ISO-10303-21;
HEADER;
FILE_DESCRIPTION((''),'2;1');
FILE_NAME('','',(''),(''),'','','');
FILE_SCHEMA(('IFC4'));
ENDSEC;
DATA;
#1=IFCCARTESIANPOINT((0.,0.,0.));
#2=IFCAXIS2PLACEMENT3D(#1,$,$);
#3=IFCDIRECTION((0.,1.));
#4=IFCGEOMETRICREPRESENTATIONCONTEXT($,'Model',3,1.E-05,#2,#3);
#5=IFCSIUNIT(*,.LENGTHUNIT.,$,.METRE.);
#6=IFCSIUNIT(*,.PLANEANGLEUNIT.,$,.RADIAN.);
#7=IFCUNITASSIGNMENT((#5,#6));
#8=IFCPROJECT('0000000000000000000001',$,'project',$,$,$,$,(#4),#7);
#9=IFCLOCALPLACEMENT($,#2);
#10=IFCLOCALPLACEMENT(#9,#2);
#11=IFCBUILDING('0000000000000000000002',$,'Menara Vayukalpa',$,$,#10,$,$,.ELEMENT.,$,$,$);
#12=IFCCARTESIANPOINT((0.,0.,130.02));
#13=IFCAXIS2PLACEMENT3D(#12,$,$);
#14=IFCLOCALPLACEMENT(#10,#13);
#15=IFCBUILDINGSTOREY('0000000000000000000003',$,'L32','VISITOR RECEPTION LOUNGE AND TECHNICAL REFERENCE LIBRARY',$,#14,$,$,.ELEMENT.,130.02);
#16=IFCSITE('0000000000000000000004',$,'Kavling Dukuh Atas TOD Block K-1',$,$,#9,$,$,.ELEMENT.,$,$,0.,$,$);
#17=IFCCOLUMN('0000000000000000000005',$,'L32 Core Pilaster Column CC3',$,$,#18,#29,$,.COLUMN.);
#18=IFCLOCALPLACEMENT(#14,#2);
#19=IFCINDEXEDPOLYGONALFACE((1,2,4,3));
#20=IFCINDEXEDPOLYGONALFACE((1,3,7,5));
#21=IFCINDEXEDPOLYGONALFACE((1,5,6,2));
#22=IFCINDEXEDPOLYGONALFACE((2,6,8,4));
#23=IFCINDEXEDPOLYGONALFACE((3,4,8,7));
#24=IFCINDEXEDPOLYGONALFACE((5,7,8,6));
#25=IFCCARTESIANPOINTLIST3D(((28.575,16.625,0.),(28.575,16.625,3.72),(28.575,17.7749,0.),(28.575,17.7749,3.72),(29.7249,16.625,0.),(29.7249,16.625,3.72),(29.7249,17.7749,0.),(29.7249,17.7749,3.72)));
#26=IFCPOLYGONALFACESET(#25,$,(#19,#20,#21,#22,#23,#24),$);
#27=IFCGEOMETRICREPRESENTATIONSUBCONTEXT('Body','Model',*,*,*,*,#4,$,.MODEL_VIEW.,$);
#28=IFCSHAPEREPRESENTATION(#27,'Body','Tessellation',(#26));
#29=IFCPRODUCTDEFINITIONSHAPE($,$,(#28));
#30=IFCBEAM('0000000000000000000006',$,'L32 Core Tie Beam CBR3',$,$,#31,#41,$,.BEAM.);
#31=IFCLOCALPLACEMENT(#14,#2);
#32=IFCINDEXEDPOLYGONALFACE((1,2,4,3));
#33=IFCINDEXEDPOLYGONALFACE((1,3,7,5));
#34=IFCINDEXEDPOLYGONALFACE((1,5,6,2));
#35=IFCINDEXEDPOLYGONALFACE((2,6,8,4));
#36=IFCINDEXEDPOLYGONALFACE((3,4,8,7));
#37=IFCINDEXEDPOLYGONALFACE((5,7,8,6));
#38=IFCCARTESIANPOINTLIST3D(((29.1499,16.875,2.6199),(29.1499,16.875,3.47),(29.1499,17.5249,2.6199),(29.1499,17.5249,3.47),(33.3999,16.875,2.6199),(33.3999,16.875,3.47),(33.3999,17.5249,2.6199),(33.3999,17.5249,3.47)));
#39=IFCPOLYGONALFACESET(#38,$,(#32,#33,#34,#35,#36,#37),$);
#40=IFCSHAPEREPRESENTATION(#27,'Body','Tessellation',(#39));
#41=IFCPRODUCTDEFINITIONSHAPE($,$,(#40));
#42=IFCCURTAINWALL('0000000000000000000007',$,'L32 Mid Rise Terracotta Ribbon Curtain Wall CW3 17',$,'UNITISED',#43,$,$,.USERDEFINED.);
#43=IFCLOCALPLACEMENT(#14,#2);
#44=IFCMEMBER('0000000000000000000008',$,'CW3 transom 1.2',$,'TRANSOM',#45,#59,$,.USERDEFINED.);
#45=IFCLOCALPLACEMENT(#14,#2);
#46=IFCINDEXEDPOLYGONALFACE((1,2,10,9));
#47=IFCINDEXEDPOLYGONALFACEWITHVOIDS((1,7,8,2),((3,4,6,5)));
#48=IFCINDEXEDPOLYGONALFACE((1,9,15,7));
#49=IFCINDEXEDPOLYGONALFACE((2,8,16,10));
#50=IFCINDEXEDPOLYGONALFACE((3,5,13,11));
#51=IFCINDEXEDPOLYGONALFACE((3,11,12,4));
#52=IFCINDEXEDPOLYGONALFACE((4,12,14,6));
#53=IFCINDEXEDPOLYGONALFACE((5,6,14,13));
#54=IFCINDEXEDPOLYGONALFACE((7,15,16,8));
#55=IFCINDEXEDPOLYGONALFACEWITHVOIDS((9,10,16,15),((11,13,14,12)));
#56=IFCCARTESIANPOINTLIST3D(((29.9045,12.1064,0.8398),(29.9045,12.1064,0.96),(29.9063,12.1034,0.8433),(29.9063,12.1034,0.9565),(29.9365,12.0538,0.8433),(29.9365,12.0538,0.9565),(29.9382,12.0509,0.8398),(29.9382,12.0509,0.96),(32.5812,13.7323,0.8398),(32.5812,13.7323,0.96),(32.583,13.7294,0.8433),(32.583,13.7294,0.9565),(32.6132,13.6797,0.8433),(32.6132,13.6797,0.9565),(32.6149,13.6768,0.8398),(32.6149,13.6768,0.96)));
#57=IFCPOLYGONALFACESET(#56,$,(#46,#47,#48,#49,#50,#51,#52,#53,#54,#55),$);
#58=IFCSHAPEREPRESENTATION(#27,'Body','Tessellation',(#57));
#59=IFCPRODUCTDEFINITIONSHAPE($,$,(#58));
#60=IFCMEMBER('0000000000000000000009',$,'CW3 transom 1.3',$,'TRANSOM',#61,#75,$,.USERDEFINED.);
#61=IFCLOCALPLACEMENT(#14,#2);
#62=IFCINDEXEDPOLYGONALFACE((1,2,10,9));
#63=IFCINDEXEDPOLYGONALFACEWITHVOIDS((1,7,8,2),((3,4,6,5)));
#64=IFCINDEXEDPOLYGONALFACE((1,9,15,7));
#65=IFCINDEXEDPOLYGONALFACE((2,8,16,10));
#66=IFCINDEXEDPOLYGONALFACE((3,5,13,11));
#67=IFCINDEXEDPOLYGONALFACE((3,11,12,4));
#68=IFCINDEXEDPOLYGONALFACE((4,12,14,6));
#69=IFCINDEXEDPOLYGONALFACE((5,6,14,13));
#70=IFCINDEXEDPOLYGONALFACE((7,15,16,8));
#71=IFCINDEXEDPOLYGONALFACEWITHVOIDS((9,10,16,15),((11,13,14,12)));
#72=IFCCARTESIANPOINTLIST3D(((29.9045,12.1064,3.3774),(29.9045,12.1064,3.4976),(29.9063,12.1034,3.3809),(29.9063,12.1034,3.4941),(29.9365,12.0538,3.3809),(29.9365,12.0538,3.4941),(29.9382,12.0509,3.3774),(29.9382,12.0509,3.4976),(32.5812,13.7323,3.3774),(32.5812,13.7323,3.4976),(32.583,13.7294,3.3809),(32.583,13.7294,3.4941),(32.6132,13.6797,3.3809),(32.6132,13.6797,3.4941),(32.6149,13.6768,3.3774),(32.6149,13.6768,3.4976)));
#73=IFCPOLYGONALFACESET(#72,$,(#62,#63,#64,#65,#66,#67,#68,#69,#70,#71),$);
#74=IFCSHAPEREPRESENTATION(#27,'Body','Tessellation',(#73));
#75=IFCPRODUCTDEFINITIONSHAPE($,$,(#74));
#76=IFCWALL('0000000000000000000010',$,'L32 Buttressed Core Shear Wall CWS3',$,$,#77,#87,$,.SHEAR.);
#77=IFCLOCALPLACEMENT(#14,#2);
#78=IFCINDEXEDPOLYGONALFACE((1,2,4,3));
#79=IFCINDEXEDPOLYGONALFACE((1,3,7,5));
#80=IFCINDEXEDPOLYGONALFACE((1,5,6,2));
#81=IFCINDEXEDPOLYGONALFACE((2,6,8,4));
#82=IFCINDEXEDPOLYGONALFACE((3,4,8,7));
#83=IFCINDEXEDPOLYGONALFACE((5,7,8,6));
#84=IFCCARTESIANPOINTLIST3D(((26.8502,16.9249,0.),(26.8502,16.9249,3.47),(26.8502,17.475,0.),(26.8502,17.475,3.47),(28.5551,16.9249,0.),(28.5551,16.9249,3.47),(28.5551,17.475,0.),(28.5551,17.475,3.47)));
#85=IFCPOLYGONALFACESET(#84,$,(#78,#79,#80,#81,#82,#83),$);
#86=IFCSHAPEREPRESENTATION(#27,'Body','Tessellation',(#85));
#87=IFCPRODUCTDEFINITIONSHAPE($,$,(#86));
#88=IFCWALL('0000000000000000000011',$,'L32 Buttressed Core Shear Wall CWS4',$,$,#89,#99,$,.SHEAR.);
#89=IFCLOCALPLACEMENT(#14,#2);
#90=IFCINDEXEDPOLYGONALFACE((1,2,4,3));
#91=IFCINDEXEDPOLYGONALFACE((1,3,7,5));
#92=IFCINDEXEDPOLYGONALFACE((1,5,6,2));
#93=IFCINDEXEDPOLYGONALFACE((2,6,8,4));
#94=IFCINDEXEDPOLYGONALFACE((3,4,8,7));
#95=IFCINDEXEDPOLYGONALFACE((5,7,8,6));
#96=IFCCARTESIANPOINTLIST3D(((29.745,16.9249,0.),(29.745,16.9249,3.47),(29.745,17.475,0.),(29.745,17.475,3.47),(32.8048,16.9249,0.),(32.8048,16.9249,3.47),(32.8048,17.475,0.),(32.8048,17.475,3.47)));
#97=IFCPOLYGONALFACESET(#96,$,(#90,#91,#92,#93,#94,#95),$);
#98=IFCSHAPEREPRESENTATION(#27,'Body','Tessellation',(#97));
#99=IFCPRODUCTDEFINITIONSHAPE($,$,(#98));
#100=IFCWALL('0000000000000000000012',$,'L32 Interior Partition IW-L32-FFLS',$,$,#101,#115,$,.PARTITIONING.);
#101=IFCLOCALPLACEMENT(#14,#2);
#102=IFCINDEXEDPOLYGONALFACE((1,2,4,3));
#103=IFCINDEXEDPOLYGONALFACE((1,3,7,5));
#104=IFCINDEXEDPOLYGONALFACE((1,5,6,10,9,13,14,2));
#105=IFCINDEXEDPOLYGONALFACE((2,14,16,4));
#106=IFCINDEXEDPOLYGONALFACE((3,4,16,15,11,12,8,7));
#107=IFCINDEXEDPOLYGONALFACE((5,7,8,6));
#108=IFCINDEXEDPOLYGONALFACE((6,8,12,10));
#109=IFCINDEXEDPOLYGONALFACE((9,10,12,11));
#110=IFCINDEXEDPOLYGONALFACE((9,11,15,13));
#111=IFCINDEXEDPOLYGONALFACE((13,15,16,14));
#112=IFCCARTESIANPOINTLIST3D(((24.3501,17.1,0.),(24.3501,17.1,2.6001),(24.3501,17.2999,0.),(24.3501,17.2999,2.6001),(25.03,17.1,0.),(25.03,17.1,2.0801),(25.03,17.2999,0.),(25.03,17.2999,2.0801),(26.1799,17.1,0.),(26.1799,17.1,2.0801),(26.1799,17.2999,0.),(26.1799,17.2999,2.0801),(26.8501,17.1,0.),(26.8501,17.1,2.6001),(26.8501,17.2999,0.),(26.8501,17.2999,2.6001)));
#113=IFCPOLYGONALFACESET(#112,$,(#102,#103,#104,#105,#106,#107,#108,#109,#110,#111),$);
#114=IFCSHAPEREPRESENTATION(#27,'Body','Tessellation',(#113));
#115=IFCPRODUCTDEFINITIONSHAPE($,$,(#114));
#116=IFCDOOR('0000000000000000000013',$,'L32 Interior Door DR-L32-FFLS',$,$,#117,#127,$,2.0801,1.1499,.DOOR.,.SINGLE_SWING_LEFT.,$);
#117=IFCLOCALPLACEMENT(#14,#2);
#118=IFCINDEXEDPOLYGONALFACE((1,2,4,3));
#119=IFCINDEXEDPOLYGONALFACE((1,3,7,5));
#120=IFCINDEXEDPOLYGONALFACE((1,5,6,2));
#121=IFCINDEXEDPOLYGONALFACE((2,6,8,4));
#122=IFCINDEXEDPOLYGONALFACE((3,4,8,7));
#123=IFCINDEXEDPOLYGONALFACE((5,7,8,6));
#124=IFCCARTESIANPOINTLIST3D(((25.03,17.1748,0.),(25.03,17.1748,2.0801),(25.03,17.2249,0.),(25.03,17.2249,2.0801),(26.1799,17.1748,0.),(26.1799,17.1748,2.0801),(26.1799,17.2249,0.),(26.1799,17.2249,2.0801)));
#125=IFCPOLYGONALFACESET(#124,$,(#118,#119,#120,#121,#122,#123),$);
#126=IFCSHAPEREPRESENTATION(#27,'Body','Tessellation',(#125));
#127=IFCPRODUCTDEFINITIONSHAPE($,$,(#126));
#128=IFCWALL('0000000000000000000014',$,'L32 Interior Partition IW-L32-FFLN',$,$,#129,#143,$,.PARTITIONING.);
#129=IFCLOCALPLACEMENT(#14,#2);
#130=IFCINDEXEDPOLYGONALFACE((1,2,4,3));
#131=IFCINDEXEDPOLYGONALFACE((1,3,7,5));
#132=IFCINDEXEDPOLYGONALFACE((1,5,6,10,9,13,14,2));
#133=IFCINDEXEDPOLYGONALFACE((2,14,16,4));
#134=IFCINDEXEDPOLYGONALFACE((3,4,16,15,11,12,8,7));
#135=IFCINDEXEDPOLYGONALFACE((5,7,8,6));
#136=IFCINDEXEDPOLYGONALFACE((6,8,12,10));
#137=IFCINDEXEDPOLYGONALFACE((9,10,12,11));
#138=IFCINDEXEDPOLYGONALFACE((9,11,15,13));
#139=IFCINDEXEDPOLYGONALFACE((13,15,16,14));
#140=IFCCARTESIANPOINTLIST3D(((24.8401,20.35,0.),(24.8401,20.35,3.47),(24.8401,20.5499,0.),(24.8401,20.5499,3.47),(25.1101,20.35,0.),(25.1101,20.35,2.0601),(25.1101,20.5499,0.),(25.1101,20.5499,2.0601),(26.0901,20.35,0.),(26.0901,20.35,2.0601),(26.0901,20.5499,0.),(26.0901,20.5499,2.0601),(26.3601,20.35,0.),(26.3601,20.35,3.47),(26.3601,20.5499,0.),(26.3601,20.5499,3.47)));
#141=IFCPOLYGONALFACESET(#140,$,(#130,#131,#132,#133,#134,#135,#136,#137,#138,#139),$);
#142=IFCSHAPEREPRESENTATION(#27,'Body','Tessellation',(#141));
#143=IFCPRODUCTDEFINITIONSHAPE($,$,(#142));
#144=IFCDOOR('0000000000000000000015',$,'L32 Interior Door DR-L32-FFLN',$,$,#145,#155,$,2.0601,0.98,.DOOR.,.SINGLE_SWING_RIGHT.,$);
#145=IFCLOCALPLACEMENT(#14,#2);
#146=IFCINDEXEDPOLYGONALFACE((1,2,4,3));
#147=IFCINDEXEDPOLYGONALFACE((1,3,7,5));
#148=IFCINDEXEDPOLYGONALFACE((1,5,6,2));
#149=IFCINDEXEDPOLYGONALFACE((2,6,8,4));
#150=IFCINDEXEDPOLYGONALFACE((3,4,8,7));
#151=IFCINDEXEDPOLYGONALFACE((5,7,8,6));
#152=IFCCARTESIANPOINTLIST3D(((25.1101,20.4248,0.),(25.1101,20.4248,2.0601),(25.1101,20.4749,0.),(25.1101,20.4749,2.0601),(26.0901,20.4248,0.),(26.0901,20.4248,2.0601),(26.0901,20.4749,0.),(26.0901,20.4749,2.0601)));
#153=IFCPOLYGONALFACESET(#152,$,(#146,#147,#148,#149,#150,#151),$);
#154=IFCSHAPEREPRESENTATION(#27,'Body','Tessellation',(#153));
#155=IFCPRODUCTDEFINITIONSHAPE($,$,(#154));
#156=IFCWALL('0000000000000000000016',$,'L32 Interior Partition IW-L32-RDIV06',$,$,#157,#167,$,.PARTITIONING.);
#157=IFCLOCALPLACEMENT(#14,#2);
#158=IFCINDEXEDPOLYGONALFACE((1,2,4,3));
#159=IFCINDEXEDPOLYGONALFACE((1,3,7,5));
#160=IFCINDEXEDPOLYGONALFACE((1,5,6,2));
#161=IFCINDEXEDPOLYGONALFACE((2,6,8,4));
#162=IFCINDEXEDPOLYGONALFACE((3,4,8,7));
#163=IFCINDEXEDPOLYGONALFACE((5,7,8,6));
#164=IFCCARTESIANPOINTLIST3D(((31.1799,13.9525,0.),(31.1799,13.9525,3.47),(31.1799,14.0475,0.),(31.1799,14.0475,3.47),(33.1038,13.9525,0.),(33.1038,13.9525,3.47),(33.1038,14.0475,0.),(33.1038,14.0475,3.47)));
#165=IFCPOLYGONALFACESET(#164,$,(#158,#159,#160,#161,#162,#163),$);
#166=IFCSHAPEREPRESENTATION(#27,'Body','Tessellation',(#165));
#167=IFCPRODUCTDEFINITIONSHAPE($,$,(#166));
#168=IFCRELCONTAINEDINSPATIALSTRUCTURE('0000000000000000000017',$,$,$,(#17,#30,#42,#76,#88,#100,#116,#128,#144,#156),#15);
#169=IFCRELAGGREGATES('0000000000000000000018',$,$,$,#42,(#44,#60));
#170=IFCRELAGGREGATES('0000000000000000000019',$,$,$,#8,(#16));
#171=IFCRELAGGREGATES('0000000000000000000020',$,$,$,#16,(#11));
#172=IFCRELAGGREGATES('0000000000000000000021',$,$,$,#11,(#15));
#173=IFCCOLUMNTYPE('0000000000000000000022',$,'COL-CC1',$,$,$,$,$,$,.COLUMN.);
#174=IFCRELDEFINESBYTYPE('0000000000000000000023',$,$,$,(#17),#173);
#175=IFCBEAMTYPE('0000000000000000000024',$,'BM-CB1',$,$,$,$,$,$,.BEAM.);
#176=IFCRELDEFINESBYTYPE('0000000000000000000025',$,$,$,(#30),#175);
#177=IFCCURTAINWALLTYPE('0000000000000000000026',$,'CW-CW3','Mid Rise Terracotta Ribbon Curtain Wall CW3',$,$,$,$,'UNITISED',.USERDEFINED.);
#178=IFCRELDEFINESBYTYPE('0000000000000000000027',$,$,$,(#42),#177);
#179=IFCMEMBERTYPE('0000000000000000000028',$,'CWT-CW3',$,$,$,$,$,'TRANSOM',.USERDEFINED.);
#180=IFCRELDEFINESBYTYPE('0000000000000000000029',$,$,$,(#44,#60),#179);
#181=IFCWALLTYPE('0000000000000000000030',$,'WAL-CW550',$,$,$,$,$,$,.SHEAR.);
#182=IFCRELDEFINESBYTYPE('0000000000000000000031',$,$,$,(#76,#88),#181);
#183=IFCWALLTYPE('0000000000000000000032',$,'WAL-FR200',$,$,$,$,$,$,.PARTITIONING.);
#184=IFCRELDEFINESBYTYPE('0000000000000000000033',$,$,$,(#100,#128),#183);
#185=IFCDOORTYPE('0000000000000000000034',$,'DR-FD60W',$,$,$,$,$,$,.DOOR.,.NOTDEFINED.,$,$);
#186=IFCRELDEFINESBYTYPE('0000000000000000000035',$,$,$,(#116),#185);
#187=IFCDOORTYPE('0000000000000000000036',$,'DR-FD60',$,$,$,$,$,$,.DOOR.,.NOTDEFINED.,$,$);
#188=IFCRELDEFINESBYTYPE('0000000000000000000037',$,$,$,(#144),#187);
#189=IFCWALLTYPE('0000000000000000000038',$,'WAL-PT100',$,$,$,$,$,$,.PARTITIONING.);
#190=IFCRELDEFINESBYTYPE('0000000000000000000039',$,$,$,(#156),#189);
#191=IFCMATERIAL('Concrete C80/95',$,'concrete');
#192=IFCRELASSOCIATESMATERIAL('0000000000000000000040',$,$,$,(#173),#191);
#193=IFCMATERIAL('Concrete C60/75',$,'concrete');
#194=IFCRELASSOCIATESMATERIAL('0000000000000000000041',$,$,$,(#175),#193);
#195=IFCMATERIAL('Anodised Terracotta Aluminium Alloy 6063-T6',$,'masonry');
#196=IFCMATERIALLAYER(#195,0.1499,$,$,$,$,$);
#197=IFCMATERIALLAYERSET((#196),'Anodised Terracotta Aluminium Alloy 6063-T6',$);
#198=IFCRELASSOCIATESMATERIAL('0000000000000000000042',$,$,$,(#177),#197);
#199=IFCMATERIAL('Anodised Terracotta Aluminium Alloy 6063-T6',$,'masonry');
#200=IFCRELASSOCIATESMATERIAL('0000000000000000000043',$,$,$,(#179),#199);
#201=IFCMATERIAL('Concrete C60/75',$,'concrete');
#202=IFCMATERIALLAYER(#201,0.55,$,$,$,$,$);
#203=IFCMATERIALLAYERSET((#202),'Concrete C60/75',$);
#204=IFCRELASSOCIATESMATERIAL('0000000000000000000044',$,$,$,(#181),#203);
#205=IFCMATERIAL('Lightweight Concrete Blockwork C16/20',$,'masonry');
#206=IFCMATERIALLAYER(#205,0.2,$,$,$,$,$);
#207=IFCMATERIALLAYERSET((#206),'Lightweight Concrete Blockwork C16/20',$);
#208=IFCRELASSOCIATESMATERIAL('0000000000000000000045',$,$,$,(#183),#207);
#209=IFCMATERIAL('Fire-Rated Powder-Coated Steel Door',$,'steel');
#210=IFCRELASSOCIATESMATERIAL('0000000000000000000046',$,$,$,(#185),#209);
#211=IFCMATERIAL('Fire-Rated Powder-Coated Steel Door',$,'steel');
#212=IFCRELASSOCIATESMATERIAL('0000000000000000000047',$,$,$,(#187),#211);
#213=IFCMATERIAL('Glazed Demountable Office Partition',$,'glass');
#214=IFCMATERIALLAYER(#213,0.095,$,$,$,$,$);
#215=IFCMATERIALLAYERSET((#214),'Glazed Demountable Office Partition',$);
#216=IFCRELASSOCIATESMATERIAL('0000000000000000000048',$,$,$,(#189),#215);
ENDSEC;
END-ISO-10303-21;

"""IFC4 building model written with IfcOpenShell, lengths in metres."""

from ifc_helpers import new_model, si_unit, direction, frame, frame_2d, origin, origin_2d, place, context, subcontext, project, spatial, rectangle, hollow_rectangle, extrude, material, layer, layer_set, material_profile, profile_set, type_object, element, fill, aggregate, save


model = new_model("IFC4")

# Units and contexts
model_context = context("Model", 3, precision=1e-05, world=origin(), true_north=direction((0.0, 1.0)))
body_context = subcontext(model_context, "Body", "Model", "MODEL_VIEW")
ifc_project = project(units=[si_unit("LENGTHUNIT", "METRE"), si_unit("PLANEANGLEUNIT", "RADIAN")], contexts=[model_context])

# Site, building, storey
site_placement = place(None, origin())
site = spatial("IfcSite", under=ifc_project, at=site_placement, Name="Kavling Dukuh Atas TOD Block K-1", CompositionType="ELEMENT", RefElevation=0.0)
building_placement = place(site_placement, origin())
building = spatial("IfcBuilding", under=site, at=building_placement, Name="Menara Vayukalpa", CompositionType="ELEMENT")
storey_placement = place(building_placement, frame((0.0, 0.0, 130.02)))
storey = spatial("IfcBuildingStorey", under=building, at=storey_placement, Name="L32", Description="VISITOR RECEPTION LOUNGE AND TECHNICAL REFERENCE LIBRARY", CompositionType="ELEMENT", Elevation=130.02)

# Column
ifc_material_1 = material(Name="Concrete C80/95", Category="concrete")
ifc_material_profile_1 = material_profile(ifc_material_1, rectangle(XDim=1.1499, YDim=1.1499, at=origin_2d()), Name="RC 1150x1150")
ifc_profile_set_1 = profile_set([ifc_material_profile_1], Name="Concrete C80/95")
column_type = type_object("IfcColumnType", Name="COL-CC1", PredefinedType="COLUMN", material=ifc_profile_set_1)
column_placement = place(storey_placement, frame((29.1499, 17.2, 0.0), z_axis=(0.0, 0.0, 1.0), x_axis=(1.0, 0.0, 0.0)))
element("IfcColumn", 1, at=column_placement, inside=storey, type_object=column_type, Name="L32 Core Pilaster Column CC3", PredefinedType="COLUMN", context=body_context, shape_type="SweptSolid", body=[
    extrude(rectangle(XDim=1.1499, YDim=1.1499, at=origin_2d()), origin(), (0.0, 0.0, 1.0), 3.72),
])

# Beam
ifc_material_2 = material(Name="Concrete C60/75", Category="concrete")
ifc_material_profile_2 = material_profile(ifc_material_2, rectangle(XDim=0.6499, YDim=0.8501, at=origin_2d()), Name="RC 650x850")
ifc_profile_set_2 = profile_set([ifc_material_profile_2], Name="Concrete C60/75")
beam_type = type_object("IfcBeamType", Name="BM-CB1", PredefinedType="BEAM", material=ifc_profile_set_2)
beam_placement = place(storey_placement, frame((29.1499, 17.2, 3.0449), z_axis=(1.0, 0.0, 0.0), x_axis=(0.0, 1.0, 0.0)))
element("IfcBeam", 2, at=beam_placement, inside=storey, type_object=beam_type, Name="L32 Core Tie Beam CBR3", PredefinedType="BEAM", context=body_context, shape_type="SweptSolid", body=[
    extrude(rectangle(XDim=0.6499, YDim=0.8501, at=origin_2d()), origin(), (0.0, 0.0, 1.0), 4.25),
])

# Curtain wall, members
ifc_material_3 = material(Name="Anodised Terracotta Aluminium Alloy 6063-T6", Category="masonry")
ifc_layer_1 = layer(ifc_material_3, 0.1499)
ifc_layer_set_1 = layer_set([ifc_layer_1], Name="Anodised Terracotta Aluminium Alloy 6063-T6")
curtain_wall_type = type_object("IfcCurtainWallType", Name="CW-CW3", Description="Mid Rise Terracotta Ribbon Curtain Wall CW3", ElementType="UNITISED", PredefinedType="USERDEFINED", material=ifc_layer_set_1)
curtain_wall_placement = place(storey_placement, origin())
curtain_wall = element("IfcCurtainWall", 3, at=curtain_wall_placement, inside=storey, type_object=curtain_wall_type, Name="L32 Mid Rise Terracotta Ribbon Curtain Wall CW3 17", ObjectType="UNITISED", PredefinedType="USERDEFINED")
ifc_material_4 = material(Name="Anodised Terracotta Aluminium Alloy 6063-T6", Category="masonry")
ifc_material_profile_3 = material_profile(ifc_material_4, hollow_rectangle(XDim=0.0649, YDim=0.1201, WallThickness=0.0034, at=origin_2d()), Name="ALU 65x120x3.5")
ifc_profile_set_3 = profile_set([ifc_material_profile_3], Name="Anodised Terracotta Aluminium Alloy 6063-T6")
member_type = type_object("IfcMemberType", Name="CWT-CW3", ElementType="TRANSOM", PredefinedType="USERDEFINED", material=ifc_profile_set_3)
member_1_placement = place(storey_placement, frame((29.9214, 12.0786, 0.8999), z_axis=(0.854674, 0.519165, 0.0), x_axis=(-0.519165, 0.854674, 0.0)))
member_1 = element("IfcMember", 4, at=member_1_placement, type_object=member_type, Name="CW3 transom 1.2", ObjectType="TRANSOM", PredefinedType="USERDEFINED", context=body_context, shape_type="SweptSolid", body=[
    extrude(hollow_rectangle(XDim=0.0649, YDim=0.1201, WallThickness=0.0034, at=origin_2d()), origin(), (0.0, 0.0, 1.0), 3.1318),
])
member_2_placement = place(storey_placement, frame((29.9214, 12.0786, 3.4375), z_axis=(0.854674, 0.519165, 0.0), x_axis=(-0.519165, 0.854674, 0.0)))
member_2 = element("IfcMember", 5, at=member_2_placement, type_object=member_type, Name="CW3 transom 1.3", ObjectType="TRANSOM", PredefinedType="USERDEFINED", context=body_context, shape_type="SweptSolid", body=[
    extrude(hollow_rectangle(XDim=0.0649, YDim=0.1201, WallThickness=0.0034, at=origin_2d()), origin(), (0.0, 0.0, 1.0), 3.1318),
])
aggregate(curtain_wall, [member_1, member_2])

# Walls
ifc_material_5 = material(Name="Concrete C60/75", Category="concrete")
ifc_layer_2 = layer(ifc_material_5, 0.55)
ifc_layer_set_2 = layer_set([ifc_layer_2], Name="Concrete C60/75")
wall_type_1 = type_object("IfcWallType", Name="WAL-CW550", PredefinedType="SHEAR", material=ifc_layer_set_2)
wall_1_placement = place(storey_placement, frame((26.8501, 17.2, 0.0), z_axis=(0.0, 0.0, 1.0), x_axis=(1.0, 0.0, 0.0)))
element("IfcWall", 6, at=wall_1_placement, inside=storey, type_object=wall_type_1, Name="L32 Buttressed Core Shear Wall CWS3", PredefinedType="SHEAR", context=body_context, shape_type="SweptSolid", body=[
    extrude(rectangle(XDim=1.7048, YDim=0.55, at=frame_2d((0.8525, 0.0))), origin(), (0.0, 0.0, 1.0), 3.47),
])
wall_2_placement = place(storey_placement, frame((29.7451, 17.2, 0.0), z_axis=(0.0, 0.0, 1.0), x_axis=(1.0, 0.0, 0.0)))
element("IfcWall", 7, at=wall_2_placement, inside=storey, type_object=wall_type_1, Name="L32 Buttressed Core Shear Wall CWS4", PredefinedType="SHEAR", context=body_context, shape_type="SweptSolid", body=[
    extrude(rectangle(XDim=3.0598, YDim=0.55, at=frame_2d((1.5298, 0.0))), origin(), (0.0, 0.0, 1.0), 3.47),
])

# Walls, openings, doors
ifc_material_6 = material(Name="Lightweight Concrete Blockwork C16/20", Category="masonry")
ifc_layer_3 = layer(ifc_material_6, 0.2)
ifc_layer_set_3 = layer_set([ifc_layer_3], Name="Lightweight Concrete Blockwork C16/20")
wall_type_2 = type_object("IfcWallType", Name="WAL-FR200", PredefinedType="PARTITIONING", material=ifc_layer_set_3)
wall_3_placement = place(storey_placement, frame((24.3501, 17.2, 0.0), z_axis=(0.0, 0.0, 1.0), x_axis=(1.0, 0.0, 0.0)))
wall_3 = element("IfcWall", 8, at=wall_3_placement, inside=storey, type_object=wall_type_2, Name="L32 Interior Partition IW-L32-FFLS", PredefinedType="PARTITIONING", context=body_context, shape_type="SweptSolid", body=[
    extrude(rectangle(XDim=2.5, YDim=0.2, at=frame_2d((1.25, 0.0))), origin(), (0.0, 0.0, 1.0), 2.6001),
])
opening_1_placement = place(wall_3_placement, frame((0.6799, 0.0, 0.0)))
opening_1 = element("IfcOpeningElement", 9, at=opening_1_placement, cuts=wall_3, PredefinedType="OPENING", context=body_context, shape_type="SweptSolid", body=[
    extrude(rectangle(XDim=1.1499, YDim=2.0801, at=frame_2d((0.575, 1.04))), frame((0.0, 0.1099, 0.0), z_axis=(0.0, -1.0, 0.0), x_axis=(1.0, 0.0, 0.0)), (0.0, 0.0, 1.0), 0.22),
])
ifc_material_7 = material(Name="Fire-Rated Powder-Coated Steel Door", Category="steel")
door_type_1 = type_object("IfcDoorType", Name="DR-FD60W", OperationType="NOTDEFINED", PredefinedType="DOOR", material=ifc_material_7)
door_1_placement = place(opening_1_placement, origin())
door_1 = element("IfcDoor", 10, at=door_1_placement, inside=storey, type_object=door_type_1, Name="L32 Interior Door DR-L32-FFLS", OperationType="SINGLE_SWING_LEFT", OverallHeight=2.0801, OverallWidth=1.1499, PredefinedType="DOOR", context=body_context, shape_type="SweptSolid", body=[
    extrude(rectangle(XDim=1.1499, YDim=2.0801, at=frame_2d((0.575, 1.04))), frame((0.0, 0.0249, 0.0), z_axis=(0.0, -1.0, 0.0), x_axis=(1.0, 0.0, 0.0)), (0.0, 0.0, 1.0), 0.05),
])
fill(opening_1, door_1)
wall_4_placement = place(storey_placement, frame((24.8401, 20.45, 0.0), z_axis=(0.0, 0.0, 1.0), x_axis=(1.0, 0.0, 0.0)))
wall_4 = element("IfcWall", 11, at=wall_4_placement, inside=storey, type_object=wall_type_2, Name="L32 Interior Partition IW-L32-FFLN", PredefinedType="PARTITIONING", context=body_context, shape_type="SweptSolid", body=[
    extrude(rectangle(XDim=1.52, YDim=0.2, at=frame_2d((0.76, 0.0))), origin(), (0.0, 0.0, 1.0), 3.47),
])
opening_2_placement = place(wall_4_placement, frame((0.27, 0.0, 0.0)))
opening_2 = element("IfcOpeningElement", 12, at=opening_2_placement, cuts=wall_4, PredefinedType="OPENING", context=body_context, shape_type="SweptSolid", body=[
    extrude(rectangle(XDim=0.98, YDim=2.0601, at=frame_2d((0.49, 1.03))), frame((0.0, 0.1099, 0.0), z_axis=(0.0, -1.0, 0.0), x_axis=(1.0, 0.0, 0.0)), (0.0, 0.0, 1.0), 0.22),
])
ifc_material_8 = material(Name="Fire-Rated Powder-Coated Steel Door", Category="steel")
door_type_2 = type_object("IfcDoorType", Name="DR-FD60", OperationType="NOTDEFINED", PredefinedType="DOOR", material=ifc_material_8)
door_2_placement = place(opening_2_placement, origin())
door_2 = element("IfcDoor", 13, at=door_2_placement, inside=storey, type_object=door_type_2, Name="L32 Interior Door DR-L32-FFLN", OperationType="SINGLE_SWING_RIGHT", OverallHeight=2.0601, OverallWidth=0.98, PredefinedType="DOOR", context=body_context, shape_type="SweptSolid", body=[
    extrude(rectangle(XDim=0.98, YDim=2.0601, at=frame_2d((0.49, 1.03))), frame((0.0, 0.0249, 0.0), z_axis=(0.0, -1.0, 0.0), x_axis=(1.0, 0.0, 0.0)), (0.0, 0.0, 1.0), 0.05),
])
fill(opening_2, door_2)

# Wall
ifc_material_9 = material(Name="Glazed Demountable Office Partition", Category="glass")
ifc_layer_4 = layer(ifc_material_9, 0.095)
ifc_layer_set_4 = layer_set([ifc_layer_4], Name="Glazed Demountable Office Partition")
wall_type_3 = type_object("IfcWallType", Name="WAL-PT100", PredefinedType="PARTITIONING", material=ifc_layer_set_4)
wall_5_placement = place(storey_placement, frame((31.1799, 14.0, 0.0), z_axis=(0.0, 0.0, 1.0), x_axis=(1.0, 0.0, 0.0)))
element("IfcWall", 14, at=wall_5_placement, inside=storey, type_object=wall_type_3, Name="L32 Interior Partition IW-L32-RDIV06", PredefinedType="PARTITIONING", context=body_context, shape_type="SweptSolid", body=[
    extrude(rectangle(XDim=1.9238, YDim=0.095, at=frame_2d((0.9619, 0.0))), origin(), (0.0, 0.0, 1.0), 3.47),
])

save(model, "model.ifc")
